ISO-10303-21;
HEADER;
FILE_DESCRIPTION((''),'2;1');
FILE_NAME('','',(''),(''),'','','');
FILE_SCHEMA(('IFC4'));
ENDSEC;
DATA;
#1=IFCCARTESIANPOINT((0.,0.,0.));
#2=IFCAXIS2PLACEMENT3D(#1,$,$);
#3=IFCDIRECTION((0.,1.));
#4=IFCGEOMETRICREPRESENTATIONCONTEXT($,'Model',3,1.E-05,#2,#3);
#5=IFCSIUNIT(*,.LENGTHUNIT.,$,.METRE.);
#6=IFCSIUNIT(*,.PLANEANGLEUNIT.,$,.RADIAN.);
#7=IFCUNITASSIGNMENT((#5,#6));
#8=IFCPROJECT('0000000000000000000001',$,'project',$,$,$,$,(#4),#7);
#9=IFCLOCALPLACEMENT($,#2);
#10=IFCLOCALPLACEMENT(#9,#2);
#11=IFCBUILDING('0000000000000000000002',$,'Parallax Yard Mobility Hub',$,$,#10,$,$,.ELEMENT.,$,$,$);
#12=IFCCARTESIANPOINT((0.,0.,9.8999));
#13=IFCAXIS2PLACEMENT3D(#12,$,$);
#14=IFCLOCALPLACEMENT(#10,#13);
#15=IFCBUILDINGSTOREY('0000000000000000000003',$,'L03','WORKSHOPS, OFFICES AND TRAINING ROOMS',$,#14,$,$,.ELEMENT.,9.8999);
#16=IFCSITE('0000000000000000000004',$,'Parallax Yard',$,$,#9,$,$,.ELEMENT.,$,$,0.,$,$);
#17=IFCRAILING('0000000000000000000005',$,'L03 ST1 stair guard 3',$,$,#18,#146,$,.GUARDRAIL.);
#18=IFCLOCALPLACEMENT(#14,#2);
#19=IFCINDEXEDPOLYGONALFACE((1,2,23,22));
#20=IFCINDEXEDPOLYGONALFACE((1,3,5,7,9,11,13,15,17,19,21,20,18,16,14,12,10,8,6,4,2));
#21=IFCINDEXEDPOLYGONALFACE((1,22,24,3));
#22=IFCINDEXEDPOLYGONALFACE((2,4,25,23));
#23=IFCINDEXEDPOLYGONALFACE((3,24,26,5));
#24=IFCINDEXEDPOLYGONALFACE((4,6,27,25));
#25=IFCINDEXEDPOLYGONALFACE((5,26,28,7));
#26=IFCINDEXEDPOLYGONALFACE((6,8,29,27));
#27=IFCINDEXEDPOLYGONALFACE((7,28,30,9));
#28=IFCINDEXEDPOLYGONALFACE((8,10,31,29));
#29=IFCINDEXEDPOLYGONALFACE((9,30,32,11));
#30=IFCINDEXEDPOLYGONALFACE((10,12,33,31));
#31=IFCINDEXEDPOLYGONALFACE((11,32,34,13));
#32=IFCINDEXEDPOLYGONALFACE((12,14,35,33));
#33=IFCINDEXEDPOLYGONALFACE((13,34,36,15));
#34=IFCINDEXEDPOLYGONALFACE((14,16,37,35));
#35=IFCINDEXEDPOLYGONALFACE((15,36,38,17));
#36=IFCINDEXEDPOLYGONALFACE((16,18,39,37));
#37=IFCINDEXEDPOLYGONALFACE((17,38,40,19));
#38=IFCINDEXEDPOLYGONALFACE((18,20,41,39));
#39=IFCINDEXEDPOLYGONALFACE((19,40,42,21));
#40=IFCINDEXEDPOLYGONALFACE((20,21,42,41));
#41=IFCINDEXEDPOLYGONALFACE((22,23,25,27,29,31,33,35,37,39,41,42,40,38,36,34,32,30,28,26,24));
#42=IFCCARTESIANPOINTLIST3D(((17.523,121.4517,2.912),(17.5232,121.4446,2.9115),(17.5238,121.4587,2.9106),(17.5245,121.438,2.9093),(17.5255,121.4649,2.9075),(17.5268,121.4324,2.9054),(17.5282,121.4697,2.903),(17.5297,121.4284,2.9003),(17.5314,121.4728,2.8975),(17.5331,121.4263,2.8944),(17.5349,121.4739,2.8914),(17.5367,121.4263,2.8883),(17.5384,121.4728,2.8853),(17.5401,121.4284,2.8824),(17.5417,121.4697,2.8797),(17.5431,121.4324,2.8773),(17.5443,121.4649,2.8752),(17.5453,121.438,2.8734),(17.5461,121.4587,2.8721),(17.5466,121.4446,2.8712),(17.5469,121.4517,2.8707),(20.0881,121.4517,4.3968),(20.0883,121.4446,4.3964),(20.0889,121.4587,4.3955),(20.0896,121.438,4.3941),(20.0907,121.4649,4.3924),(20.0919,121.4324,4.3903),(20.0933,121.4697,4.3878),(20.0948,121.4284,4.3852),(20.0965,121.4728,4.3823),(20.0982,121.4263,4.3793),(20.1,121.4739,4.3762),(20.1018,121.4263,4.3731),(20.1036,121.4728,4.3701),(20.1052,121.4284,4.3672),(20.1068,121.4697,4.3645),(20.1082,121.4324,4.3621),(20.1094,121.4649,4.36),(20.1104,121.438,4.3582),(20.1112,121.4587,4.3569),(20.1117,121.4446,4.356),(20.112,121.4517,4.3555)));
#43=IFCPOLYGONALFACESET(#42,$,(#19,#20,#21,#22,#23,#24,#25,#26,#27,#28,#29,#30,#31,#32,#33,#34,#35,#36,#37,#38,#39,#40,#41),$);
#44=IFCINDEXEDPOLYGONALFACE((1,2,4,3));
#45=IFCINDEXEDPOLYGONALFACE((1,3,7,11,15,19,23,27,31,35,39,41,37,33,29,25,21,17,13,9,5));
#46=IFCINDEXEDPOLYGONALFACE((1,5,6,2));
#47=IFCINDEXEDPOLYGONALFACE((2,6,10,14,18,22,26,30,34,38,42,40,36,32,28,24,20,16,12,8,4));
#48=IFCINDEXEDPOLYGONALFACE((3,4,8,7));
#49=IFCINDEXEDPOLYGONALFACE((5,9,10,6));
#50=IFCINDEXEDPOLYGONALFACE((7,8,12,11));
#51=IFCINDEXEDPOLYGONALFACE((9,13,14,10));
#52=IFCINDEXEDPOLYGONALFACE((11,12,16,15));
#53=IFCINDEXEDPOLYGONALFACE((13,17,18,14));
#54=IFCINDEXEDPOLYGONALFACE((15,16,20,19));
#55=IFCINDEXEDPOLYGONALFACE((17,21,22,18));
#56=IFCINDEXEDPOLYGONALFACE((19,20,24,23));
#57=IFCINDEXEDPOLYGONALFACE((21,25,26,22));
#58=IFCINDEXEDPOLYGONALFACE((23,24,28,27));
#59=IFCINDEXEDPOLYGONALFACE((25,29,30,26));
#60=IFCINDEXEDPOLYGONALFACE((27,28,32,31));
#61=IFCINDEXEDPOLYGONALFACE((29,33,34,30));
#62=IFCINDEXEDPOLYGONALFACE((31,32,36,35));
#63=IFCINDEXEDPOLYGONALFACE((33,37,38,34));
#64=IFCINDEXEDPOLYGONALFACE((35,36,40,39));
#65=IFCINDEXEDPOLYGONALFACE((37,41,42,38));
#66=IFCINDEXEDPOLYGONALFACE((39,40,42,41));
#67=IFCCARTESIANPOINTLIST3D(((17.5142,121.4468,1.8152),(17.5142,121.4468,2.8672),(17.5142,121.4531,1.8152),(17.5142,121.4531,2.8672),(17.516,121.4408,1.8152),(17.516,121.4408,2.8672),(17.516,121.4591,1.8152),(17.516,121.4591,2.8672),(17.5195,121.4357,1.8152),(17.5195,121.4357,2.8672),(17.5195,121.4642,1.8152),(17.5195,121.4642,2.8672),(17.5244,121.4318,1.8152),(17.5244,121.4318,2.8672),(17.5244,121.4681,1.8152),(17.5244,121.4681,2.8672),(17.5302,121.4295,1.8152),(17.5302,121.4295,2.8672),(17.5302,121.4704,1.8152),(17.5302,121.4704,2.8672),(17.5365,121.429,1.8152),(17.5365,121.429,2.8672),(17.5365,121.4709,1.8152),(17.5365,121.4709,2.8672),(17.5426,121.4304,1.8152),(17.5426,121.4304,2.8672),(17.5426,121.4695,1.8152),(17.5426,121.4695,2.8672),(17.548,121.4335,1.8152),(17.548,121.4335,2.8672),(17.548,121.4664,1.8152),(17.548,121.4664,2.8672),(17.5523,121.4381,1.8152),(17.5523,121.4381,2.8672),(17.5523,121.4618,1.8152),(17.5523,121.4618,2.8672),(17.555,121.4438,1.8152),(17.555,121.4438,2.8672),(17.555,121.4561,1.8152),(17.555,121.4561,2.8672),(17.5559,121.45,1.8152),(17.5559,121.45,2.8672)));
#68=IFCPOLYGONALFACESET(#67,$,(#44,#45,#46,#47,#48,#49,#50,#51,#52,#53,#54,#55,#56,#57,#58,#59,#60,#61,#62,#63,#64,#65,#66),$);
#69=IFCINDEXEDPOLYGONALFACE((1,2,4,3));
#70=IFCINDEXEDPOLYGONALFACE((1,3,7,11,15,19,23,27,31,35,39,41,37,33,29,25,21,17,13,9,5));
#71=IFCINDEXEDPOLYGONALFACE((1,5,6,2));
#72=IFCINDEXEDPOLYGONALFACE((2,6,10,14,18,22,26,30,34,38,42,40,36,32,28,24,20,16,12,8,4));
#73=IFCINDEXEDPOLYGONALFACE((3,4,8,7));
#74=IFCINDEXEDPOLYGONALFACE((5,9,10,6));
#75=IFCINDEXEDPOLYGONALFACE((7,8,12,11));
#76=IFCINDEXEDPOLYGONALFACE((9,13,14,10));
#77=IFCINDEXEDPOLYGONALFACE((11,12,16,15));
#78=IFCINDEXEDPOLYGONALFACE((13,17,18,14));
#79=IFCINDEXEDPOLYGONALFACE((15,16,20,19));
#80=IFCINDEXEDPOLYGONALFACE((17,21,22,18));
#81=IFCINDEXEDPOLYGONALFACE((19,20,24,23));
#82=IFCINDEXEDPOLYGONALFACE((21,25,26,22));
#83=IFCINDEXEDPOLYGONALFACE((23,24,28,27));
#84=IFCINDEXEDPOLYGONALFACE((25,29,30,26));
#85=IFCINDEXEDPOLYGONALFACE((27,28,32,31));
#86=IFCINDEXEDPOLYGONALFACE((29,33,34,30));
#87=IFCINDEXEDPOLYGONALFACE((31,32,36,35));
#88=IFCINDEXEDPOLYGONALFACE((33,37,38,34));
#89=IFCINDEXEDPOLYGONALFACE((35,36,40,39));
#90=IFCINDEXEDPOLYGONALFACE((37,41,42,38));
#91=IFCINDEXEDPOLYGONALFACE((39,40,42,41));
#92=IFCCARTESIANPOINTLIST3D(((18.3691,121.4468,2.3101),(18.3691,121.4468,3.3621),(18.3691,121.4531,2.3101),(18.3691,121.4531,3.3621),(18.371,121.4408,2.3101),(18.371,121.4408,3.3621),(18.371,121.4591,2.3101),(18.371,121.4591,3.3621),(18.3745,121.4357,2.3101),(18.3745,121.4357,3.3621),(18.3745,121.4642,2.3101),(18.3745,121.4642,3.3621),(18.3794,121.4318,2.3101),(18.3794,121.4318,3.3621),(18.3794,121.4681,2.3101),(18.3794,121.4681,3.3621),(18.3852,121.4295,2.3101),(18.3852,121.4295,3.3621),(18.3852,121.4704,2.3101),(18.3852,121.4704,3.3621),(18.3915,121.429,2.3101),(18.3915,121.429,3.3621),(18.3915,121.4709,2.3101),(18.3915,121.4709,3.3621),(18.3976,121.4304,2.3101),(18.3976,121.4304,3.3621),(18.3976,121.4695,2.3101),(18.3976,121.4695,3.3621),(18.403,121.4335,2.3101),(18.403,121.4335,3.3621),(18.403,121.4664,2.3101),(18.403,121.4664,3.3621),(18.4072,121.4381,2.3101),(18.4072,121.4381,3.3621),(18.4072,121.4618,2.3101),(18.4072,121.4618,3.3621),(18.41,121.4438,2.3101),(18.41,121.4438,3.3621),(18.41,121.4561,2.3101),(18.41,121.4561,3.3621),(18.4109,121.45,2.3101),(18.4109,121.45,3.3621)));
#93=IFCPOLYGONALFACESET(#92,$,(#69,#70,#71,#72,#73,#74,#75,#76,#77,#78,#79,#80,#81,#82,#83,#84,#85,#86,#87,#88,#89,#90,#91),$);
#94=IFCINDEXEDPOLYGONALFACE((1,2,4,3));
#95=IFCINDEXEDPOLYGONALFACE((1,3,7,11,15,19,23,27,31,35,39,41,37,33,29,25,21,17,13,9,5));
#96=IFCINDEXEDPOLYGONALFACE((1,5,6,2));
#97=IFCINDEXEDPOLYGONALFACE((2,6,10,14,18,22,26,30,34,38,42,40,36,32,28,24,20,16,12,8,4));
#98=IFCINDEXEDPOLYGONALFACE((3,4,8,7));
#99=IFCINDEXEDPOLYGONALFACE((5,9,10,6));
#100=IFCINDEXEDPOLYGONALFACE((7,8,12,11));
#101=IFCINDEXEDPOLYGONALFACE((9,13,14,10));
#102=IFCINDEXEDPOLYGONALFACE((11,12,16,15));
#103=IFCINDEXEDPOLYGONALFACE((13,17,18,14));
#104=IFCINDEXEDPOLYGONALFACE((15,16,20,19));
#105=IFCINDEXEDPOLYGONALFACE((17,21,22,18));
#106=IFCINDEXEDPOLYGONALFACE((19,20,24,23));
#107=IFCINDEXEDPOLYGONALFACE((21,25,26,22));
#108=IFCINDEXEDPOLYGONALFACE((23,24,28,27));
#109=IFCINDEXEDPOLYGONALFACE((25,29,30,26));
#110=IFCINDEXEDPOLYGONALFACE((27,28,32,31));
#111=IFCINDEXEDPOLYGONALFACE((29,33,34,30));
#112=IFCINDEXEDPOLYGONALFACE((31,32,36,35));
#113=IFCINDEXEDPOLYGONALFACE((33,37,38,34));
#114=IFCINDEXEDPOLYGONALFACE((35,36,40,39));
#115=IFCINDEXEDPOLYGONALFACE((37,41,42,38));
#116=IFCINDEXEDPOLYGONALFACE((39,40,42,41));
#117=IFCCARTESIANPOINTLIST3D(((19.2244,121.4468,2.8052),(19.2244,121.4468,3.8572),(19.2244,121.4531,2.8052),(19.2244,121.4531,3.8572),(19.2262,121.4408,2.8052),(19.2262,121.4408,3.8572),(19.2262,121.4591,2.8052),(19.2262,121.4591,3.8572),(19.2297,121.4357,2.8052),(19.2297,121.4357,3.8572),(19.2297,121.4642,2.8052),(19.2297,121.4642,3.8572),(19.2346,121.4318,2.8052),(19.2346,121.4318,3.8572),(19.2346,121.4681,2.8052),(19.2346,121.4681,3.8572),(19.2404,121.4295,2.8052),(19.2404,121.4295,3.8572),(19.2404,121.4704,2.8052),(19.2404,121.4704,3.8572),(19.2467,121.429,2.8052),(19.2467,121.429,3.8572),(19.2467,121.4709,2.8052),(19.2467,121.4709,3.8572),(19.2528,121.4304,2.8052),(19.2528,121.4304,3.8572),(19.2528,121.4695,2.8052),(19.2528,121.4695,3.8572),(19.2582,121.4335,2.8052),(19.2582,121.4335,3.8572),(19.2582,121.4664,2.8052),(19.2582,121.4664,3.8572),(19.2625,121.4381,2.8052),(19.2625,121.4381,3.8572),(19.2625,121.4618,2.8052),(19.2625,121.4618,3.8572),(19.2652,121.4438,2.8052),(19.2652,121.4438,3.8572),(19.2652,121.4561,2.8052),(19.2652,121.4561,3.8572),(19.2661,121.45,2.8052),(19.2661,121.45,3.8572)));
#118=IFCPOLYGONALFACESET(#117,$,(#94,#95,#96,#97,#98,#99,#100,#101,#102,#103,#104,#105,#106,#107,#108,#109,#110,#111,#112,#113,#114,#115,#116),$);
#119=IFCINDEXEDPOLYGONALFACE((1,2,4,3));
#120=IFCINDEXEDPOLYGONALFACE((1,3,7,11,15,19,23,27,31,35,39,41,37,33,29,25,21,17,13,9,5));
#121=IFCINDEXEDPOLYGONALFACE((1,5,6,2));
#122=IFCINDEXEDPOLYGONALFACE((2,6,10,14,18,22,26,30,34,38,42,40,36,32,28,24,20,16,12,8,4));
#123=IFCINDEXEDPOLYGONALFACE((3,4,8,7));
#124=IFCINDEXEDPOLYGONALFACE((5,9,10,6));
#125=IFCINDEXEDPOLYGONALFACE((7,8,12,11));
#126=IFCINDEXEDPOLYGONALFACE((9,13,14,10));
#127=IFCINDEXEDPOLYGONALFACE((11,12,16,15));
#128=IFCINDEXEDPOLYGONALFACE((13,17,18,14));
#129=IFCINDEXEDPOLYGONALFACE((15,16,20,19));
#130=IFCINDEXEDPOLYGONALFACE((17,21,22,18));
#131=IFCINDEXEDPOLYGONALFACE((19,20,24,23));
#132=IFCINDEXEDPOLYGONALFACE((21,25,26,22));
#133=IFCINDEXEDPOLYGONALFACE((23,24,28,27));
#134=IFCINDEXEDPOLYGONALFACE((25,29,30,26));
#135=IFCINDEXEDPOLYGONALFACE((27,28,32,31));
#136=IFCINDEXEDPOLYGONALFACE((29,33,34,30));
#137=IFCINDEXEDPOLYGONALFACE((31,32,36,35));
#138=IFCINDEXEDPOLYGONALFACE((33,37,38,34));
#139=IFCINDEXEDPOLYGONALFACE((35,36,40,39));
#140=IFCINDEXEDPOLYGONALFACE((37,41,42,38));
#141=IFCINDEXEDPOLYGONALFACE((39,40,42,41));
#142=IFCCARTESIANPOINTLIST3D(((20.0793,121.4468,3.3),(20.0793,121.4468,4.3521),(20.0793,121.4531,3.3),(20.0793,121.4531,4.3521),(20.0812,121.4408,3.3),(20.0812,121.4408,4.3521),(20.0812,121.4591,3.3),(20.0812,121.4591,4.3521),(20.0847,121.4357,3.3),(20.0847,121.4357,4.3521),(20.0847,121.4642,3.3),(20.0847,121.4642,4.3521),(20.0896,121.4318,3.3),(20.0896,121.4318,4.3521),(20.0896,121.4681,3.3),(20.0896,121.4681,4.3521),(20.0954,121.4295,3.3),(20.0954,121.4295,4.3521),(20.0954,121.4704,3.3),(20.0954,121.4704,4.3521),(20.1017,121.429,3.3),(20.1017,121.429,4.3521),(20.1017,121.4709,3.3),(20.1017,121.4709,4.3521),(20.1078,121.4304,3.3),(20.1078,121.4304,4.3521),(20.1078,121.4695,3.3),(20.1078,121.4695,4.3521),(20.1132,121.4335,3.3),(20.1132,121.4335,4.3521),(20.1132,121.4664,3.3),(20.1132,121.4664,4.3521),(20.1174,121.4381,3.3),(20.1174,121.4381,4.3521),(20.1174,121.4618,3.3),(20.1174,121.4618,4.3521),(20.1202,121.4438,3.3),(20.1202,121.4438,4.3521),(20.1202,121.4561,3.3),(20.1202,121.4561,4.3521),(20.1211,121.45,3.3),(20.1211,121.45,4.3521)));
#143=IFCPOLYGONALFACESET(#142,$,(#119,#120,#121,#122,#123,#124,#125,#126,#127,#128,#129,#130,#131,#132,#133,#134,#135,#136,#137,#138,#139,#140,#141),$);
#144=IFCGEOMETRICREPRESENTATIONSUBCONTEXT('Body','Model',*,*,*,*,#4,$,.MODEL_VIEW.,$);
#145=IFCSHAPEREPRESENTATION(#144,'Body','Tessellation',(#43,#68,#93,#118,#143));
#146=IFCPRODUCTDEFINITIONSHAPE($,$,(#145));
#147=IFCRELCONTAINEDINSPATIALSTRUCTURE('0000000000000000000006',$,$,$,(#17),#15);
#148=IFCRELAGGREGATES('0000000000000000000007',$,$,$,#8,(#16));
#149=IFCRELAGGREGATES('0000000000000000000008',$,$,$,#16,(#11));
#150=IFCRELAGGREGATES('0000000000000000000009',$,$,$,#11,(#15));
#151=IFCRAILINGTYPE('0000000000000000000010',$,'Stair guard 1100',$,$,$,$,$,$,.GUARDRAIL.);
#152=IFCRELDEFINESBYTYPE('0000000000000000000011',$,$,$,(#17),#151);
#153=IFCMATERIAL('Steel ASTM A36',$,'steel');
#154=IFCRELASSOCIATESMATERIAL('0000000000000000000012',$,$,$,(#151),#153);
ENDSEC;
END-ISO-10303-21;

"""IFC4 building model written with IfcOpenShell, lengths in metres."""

from ifc_helpers import new_model, si_unit, direction, frame, origin, origin_2d, place, context, subcontext, project, spatial, circle, extrude, material, type_object, element, save


model = new_model("IFC4")

# Units and contexts
model_context = context("Model", 3, precision=1e-05, world=origin(), true_north=direction((0.0, 1.0)))
body_context = subcontext(model_context, "Body", "Model", "MODEL_VIEW")
ifc_project = project(units=[si_unit("LENGTHUNIT", "METRE"), si_unit("PLANEANGLEUNIT", "RADIAN")], contexts=[model_context])

# Site, building, storey
site_placement = place(None, origin())
site = spatial("IfcSite", under=ifc_project, at=site_placement, Name="Parallax Yard", CompositionType="ELEMENT", RefElevation=0.0)
building_placement = place(site_placement, origin())
building = spatial("IfcBuilding", under=site, at=building_placement, Name="Parallax Yard Mobility Hub", CompositionType="ELEMENT")
storey_placement = place(building_placement, frame((0.0, 0.0, 9.8999)))
storey = spatial("IfcBuildingStorey", under=building, at=storey_placement, Name="L03", Description="WORKSHOPS, OFFICES AND TRAINING ROOMS", CompositionType="ELEMENT", Elevation=9.8999)

# Railing
ifc_material_1 = material(Name="Steel ASTM A36", Category="steel")
railing_type_1 = type_object("IfcRailingType", Name="Stair guard 1100", PredefinedType="GUARDRAIL", material=ifc_material_1)
railing_1_placement = place(storey_placement, frame((17.5349, 121.45, 1.8152)))
element("IfcRailing", 1, at=railing_1_placement, inside=storey, type_object=railing_type_1, Name="L03 ST1 stair guard 3", PredefinedType="GUARDRAIL", context=body_context, shape_type="SweptSolid", body=[
    extrude(circle(Radius=0.0239, at=origin_2d()), frame((0.0, 0.0, 1.0762), z_axis=(0.865462, 0.0, 0.500975), x_axis=(0.0, 1.0, 0.0)), (0.0, 0.0, 1.0), 2.9639),
    extrude(circle(Radius=0.021, at=origin_2d()), origin(), (0.0, 0.0, 1.0), 1.052),
    extrude(circle(Radius=0.021, at=origin_2d()), frame((0.855, 0.0, 0.4949)), (0.0, 0.0, 1.0), 1.052),
    extrude(circle(Radius=0.021, at=origin_2d()), frame((1.7102, 0.0, 0.99)), (0.0, 0.0, 1.0), 1.052),
    extrude(circle(Radius=0.021, at=origin_2d()), frame((2.5652, 0.0, 1.4849)), (0.0, 0.0, 1.0), 1.052),
])

save(model, "model.ifc")
